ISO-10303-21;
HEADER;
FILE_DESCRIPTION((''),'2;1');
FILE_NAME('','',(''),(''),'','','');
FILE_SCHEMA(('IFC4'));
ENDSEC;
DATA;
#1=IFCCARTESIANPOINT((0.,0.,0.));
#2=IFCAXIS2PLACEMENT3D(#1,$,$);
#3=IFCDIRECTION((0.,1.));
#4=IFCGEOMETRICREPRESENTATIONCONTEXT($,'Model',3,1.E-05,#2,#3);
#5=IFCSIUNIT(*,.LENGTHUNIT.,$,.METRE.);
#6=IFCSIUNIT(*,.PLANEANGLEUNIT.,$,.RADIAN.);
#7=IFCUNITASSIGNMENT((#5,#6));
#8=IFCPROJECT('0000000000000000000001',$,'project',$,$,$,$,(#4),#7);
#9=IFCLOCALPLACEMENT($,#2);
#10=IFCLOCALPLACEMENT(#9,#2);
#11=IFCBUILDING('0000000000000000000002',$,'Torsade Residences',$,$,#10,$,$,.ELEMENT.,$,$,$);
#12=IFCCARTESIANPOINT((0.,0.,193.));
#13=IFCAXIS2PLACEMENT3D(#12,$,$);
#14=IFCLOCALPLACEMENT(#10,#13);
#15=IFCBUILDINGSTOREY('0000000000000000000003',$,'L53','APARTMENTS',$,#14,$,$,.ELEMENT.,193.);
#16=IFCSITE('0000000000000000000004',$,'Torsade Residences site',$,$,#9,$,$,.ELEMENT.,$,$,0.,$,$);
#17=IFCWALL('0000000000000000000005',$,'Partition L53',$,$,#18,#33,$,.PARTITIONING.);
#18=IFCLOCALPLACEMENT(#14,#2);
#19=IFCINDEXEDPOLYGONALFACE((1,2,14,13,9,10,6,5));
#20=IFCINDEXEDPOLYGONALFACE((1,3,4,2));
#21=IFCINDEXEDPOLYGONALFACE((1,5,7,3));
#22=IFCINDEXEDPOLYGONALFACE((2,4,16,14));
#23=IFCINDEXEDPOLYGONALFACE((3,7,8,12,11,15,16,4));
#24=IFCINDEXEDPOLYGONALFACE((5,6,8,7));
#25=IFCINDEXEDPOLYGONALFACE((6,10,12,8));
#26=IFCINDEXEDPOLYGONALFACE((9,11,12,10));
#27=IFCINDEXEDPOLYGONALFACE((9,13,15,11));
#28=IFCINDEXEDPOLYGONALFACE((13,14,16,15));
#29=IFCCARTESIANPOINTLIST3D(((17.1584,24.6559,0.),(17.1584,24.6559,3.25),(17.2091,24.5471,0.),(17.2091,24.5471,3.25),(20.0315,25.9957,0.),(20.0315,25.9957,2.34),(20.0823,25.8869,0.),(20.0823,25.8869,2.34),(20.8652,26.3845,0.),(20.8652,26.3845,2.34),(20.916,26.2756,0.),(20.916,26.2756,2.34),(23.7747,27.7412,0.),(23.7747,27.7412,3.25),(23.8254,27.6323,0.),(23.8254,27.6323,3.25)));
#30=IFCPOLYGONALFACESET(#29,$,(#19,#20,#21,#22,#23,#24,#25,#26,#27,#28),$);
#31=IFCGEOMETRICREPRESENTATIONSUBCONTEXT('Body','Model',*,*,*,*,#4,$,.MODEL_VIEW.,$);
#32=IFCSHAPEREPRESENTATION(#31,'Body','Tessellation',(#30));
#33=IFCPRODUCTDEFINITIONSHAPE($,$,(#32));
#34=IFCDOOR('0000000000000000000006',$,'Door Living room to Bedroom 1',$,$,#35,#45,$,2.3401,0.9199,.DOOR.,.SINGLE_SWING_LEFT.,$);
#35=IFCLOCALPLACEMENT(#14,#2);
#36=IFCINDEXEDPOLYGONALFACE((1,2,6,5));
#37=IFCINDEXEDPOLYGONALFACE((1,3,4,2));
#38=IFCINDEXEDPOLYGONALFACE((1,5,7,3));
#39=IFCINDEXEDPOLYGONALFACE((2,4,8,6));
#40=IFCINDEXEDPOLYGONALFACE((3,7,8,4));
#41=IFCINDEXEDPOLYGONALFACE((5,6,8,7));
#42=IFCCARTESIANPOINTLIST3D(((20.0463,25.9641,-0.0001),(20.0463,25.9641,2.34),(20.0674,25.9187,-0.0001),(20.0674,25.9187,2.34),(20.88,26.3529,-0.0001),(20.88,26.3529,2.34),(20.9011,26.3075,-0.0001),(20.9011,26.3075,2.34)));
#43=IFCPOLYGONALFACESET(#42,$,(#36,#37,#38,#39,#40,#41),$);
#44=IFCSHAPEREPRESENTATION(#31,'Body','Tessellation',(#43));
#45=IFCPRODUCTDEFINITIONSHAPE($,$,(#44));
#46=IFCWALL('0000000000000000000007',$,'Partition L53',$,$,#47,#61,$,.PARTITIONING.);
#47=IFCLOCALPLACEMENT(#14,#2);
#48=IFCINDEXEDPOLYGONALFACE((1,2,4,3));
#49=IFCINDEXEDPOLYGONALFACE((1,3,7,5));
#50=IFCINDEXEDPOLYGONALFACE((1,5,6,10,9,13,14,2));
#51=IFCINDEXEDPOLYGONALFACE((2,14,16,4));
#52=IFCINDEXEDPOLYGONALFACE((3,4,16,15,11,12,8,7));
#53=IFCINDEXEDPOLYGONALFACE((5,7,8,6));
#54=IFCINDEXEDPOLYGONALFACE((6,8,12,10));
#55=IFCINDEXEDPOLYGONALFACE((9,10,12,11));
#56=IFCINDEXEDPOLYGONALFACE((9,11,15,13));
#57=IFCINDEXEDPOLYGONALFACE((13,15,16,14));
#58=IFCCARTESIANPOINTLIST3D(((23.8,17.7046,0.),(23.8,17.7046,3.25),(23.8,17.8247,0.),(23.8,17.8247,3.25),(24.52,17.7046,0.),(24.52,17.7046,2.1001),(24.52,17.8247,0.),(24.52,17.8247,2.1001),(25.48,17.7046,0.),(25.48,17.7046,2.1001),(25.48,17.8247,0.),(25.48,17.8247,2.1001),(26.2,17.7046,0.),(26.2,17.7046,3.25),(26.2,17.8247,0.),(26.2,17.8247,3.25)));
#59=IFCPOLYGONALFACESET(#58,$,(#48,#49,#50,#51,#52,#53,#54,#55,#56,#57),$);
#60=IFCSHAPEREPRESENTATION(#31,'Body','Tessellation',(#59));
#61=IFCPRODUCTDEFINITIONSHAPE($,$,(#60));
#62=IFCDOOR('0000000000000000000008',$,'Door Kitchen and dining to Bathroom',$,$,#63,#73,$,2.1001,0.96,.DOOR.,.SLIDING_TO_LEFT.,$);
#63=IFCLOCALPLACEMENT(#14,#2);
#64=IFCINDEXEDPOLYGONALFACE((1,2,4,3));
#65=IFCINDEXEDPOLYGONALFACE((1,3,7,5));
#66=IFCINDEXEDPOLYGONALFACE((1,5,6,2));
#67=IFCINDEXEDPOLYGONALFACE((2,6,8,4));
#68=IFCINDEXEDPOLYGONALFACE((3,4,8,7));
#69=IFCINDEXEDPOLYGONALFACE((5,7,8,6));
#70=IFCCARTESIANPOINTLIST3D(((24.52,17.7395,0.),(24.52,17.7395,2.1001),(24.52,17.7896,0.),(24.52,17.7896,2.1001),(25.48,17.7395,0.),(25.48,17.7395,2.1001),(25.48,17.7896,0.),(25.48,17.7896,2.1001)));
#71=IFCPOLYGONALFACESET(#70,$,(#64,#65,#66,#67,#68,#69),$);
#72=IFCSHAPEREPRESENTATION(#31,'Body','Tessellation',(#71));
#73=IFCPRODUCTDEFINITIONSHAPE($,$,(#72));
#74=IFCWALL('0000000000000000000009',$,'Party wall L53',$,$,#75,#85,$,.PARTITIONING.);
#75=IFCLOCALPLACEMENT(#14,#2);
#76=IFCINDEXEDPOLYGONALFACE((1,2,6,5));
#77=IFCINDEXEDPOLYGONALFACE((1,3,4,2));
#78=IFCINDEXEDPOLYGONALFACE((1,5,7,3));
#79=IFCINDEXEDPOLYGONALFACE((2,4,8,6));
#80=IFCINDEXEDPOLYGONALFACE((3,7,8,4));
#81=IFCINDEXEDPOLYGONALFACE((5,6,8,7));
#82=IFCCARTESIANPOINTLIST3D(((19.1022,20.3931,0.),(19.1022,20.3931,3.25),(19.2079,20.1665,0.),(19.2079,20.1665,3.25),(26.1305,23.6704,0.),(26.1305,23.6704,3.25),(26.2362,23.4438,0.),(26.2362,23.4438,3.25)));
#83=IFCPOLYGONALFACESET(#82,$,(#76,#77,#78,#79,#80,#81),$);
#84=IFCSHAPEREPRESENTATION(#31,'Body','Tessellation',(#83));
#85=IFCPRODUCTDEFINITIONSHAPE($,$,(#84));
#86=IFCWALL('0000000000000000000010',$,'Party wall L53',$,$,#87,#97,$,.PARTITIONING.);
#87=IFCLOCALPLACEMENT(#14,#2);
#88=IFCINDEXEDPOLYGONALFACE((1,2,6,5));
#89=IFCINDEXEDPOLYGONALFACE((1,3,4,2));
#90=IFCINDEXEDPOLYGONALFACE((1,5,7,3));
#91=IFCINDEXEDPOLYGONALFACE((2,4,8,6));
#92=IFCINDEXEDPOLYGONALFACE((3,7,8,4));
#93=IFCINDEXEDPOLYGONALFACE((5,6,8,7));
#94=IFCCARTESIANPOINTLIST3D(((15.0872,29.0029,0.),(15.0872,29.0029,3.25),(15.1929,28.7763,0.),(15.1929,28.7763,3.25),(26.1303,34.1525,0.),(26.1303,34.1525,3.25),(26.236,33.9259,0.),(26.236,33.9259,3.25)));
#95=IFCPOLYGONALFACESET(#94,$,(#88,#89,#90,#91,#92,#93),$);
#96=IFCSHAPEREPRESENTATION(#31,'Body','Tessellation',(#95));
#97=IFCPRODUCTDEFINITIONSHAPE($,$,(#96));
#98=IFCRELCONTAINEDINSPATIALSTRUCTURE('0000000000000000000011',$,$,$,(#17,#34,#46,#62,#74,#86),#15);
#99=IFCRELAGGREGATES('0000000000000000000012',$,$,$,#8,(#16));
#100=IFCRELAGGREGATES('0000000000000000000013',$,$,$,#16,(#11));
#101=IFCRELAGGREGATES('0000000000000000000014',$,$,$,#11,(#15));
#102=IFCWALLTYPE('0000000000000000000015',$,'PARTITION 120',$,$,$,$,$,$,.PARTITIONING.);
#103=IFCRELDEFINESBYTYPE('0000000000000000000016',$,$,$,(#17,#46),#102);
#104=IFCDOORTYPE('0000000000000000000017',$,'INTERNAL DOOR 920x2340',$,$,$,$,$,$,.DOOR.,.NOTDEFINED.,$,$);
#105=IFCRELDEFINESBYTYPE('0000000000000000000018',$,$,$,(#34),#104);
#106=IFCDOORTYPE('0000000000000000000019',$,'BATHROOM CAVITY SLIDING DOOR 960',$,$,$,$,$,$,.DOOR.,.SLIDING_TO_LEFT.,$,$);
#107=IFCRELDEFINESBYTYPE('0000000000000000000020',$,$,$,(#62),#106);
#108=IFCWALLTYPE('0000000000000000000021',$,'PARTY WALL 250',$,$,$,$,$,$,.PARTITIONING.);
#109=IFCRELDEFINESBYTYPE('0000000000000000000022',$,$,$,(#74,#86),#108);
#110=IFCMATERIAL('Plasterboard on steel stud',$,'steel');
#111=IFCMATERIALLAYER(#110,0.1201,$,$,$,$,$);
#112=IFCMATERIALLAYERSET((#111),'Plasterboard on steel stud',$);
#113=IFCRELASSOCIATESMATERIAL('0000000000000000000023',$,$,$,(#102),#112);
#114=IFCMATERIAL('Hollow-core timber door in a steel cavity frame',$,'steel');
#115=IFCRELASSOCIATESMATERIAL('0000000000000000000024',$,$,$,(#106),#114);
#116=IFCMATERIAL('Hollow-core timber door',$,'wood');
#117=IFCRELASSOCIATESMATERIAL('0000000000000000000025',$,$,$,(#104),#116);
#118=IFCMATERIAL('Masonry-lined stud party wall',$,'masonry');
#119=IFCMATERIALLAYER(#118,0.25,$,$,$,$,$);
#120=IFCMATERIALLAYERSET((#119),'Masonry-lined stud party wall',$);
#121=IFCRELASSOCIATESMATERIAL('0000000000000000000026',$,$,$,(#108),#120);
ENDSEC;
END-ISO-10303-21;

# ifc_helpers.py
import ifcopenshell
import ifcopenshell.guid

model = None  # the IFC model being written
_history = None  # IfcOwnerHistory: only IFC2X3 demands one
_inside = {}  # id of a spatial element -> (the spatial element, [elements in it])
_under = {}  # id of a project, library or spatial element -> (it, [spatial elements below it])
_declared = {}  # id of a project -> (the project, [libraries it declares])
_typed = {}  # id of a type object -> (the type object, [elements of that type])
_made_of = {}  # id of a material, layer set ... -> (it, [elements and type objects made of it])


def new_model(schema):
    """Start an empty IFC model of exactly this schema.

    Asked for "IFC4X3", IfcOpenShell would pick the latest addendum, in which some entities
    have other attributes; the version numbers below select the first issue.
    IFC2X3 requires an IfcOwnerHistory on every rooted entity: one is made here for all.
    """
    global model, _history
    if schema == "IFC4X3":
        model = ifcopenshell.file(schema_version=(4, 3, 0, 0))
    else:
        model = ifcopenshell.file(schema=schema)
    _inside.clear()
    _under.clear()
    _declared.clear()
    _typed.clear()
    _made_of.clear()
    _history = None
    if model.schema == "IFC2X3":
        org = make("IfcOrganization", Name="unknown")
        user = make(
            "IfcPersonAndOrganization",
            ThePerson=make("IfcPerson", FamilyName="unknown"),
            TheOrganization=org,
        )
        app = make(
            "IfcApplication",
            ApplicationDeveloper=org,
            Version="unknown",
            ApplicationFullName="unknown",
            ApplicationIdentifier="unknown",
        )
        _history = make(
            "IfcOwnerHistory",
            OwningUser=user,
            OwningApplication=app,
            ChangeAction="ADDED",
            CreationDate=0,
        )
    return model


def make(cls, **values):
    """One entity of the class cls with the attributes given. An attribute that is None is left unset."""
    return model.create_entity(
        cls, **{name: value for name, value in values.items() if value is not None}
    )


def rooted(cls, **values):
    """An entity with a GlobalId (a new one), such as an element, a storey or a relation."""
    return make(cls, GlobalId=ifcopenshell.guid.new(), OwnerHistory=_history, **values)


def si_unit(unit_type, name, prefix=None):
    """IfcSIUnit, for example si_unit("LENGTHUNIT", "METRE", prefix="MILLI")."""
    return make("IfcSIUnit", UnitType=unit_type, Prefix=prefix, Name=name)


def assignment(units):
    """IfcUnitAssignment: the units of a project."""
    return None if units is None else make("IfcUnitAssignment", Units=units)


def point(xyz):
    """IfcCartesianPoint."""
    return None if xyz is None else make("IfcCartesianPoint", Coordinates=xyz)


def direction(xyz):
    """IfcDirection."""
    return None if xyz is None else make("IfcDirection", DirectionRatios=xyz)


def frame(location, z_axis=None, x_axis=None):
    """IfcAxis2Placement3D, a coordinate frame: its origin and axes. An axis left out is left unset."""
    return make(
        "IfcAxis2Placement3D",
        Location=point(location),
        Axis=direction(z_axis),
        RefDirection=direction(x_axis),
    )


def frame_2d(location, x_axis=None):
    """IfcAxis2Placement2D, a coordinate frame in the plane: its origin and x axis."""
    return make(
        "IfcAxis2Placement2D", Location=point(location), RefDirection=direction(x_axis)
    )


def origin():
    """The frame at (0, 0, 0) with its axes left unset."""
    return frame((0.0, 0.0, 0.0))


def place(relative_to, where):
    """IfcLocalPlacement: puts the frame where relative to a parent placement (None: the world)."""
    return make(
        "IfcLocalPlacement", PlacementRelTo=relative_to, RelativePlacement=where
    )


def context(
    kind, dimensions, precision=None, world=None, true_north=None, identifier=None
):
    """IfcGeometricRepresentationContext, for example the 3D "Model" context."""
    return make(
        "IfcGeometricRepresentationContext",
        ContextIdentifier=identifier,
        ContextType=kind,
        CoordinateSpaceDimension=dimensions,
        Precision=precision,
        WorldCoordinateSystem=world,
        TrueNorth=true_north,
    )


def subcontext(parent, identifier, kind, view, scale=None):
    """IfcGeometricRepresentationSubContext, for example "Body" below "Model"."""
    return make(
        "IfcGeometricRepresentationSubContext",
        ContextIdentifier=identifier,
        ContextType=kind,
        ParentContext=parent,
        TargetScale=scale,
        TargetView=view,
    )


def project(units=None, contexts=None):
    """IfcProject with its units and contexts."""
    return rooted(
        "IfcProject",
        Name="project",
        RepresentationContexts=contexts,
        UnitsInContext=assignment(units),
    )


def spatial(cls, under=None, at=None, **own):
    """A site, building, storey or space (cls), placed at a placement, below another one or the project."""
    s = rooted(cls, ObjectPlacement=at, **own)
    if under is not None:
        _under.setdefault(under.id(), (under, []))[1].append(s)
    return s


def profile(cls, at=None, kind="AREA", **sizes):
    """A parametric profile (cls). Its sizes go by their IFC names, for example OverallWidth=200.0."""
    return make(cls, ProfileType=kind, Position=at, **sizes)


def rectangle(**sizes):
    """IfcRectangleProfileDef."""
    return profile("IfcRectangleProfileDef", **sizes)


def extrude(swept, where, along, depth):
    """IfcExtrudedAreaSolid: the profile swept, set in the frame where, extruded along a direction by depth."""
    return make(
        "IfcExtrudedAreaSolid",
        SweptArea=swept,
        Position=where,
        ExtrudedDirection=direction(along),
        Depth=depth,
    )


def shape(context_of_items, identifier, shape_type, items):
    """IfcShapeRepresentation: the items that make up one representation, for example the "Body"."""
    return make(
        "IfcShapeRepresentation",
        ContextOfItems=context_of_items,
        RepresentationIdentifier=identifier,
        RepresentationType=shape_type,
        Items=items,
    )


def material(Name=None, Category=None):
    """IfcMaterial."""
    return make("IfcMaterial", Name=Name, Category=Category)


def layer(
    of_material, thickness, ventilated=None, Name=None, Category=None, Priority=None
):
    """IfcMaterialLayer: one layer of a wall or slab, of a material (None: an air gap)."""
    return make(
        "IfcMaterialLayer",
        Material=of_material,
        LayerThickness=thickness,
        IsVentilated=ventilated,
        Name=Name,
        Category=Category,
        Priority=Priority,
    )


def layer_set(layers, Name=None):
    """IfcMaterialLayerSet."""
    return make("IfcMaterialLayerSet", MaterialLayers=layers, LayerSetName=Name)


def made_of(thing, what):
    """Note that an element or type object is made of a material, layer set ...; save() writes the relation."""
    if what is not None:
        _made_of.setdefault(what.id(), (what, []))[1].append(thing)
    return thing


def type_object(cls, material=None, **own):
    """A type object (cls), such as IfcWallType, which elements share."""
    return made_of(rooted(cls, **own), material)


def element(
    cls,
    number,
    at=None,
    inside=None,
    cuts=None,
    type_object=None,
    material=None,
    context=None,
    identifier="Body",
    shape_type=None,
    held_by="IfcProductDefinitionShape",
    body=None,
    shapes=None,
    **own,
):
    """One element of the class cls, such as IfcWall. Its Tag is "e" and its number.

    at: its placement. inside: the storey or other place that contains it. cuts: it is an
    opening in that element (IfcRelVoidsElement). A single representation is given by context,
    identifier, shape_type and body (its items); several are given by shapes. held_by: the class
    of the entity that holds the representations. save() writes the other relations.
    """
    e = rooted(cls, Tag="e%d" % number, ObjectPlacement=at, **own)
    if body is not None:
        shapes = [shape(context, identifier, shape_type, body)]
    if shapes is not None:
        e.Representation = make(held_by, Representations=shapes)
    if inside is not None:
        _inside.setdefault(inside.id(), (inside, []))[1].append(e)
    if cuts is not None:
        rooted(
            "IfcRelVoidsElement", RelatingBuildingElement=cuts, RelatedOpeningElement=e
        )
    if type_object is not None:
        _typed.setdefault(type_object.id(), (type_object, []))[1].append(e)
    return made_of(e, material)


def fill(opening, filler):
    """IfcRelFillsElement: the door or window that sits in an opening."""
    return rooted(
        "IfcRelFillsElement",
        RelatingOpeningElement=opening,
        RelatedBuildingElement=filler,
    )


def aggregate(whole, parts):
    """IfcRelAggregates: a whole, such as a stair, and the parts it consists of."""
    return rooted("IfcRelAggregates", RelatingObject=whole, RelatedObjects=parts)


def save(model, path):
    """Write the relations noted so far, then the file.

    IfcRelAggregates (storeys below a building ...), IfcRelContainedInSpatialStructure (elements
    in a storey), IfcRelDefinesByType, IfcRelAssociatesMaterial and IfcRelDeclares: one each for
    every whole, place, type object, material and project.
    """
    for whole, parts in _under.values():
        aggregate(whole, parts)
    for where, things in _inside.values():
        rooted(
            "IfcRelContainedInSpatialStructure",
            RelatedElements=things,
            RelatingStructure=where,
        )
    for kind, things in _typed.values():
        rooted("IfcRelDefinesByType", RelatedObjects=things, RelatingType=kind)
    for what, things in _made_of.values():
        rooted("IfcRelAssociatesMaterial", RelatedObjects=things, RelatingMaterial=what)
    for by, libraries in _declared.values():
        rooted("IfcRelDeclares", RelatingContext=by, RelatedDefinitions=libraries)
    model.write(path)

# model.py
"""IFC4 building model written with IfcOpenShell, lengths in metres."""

from ifc_helpers import new_model, si_unit, direction, frame, frame_2d, origin, place, context, subcontext, project, spatial, rectangle, extrude, material, layer, layer_set, type_object, element, fill, save


model = new_model("IFC4")

# Units and contexts
model_context = context("Model", 3, precision=1e-05, world=origin(), true_north=direction((0.0, 1.0)))
body_context = subcontext(model_context, "Body", "Model", "MODEL_VIEW")
ifc_project = project(units=[si_unit("LENGTHUNIT", "METRE"), si_unit("PLANEANGLEUNIT", "RADIAN")], contexts=[model_context])

# Site, building, storey
site_placement = place(None, origin())
site = spatial("IfcSite", under=ifc_project, at=site_placement, Name="Torsade Residences site", CompositionType="ELEMENT", RefElevation=0.0)
building_placement = place(site_placement, origin())
building = spatial("IfcBuilding", under=site, at=building_placement, Name="Torsade Residences", CompositionType="ELEMENT")
storey_placement = place(building_placement, frame((0.0, 0.0, 193.0)))
storey = spatial("IfcBuildingStorey", under=building, at=storey_placement, Name="L53", Description="APARTMENTS", CompositionType="ELEMENT", Elevation=193.0)

# Shared definitions
ifc_material_1 = material(Name="Plasterboard on steel stud", Category="steel")
ifc_layer_1 = layer(ifc_material_1, 0.1201)
ifc_layer_set_1 = layer_set([ifc_layer_1], Name="Plasterboard on steel stud")
wall_type_1 = type_object("IfcWallType", Name="PARTITION 120", PredefinedType="PARTITIONING", material=ifc_layer_set_1)
ifc_material_2 = material(Name="Hollow-core timber door in a steel cavity frame", Category="steel")
door_type_1 = type_object("IfcDoorType", Name="BATHROOM CAVITY SLIDING DOOR 960", OperationType="SLIDING_TO_LEFT", PredefinedType="DOOR", material=ifc_material_2)
ifc_material_3 = material(Name="Hollow-core timber door", Category="wood")
door_type_2 = type_object("IfcDoorType", Name="INTERNAL DOOR 920x2340", OperationType="NOTDEFINED", PredefinedType="DOOR", material=ifc_material_3)

# Walls, openings, doors
wall_1_placement = place(storey_placement, frame((23.8, 27.6868, 0.0), z_axis=(0.0, 0.0, 1.0), x_axis=(-0.906307, -0.42262, 0.0)))
wall_1 = element("IfcWall", 1, at=wall_1_placement, inside=storey, type_object=wall_type_1, Name="Partition L53", PredefinedType="PARTITIONING", context=body_context, shape_type="SweptSolid", body=[
    extrude(rectangle(XDim=7.3003, YDim=0.1201, at=frame_2d((3.6501, 0.0))), origin(), (0.0, 0.0, 1.0), 3.25),
])
opening_1_placement = place(wall_1_placement, frame((3.2102, 0.0, 0.0)))
opening_1 = element("IfcOpeningElement", 2, at=opening_1_placement, cuts=wall_1, PredefinedType="OPENING", context=body_context, shape_type="SweptSolid", body=[
    extrude(rectangle(XDim=0.9199, YDim=2.3401, at=frame_2d((0.46, 1.1699))), frame((0.0, 0.0701, 0.0), z_axis=(0.0, -1.0, 0.0), x_axis=(1.0, 0.0, 0.0)), (0.0, 0.0, 1.0), 0.1401),
])
door_1_placement = place(opening_1_placement, origin())
door_1 = element("IfcDoor", 3, at=door_1_placement, inside=storey, type_object=door_type_2, Name="Door Living room to Bedroom 1", OperationType="SINGLE_SWING_LEFT", OverallHeight=2.3401, OverallWidth=0.9199, PredefinedType="DOOR", context=body_context, shape_type="SweptSolid", body=[
    extrude(rectangle(XDim=0.9199, YDim=2.3401, at=frame_2d((0.46, 1.1699))), frame((0.0, 0.0249, 0.0), z_axis=(0.0, -1.0, 0.0), x_axis=(1.0, 0.0, 0.0)), (0.0, 0.0, 1.0), 0.05),
])
fill(opening_1, door_1)
wall_2_placement = place(storey_placement, frame((23.8, 17.7646, 0.0), z_axis=(0.0, 0.0, 1.0), x_axis=(1.0, 0.0, 0.0)))
wall_2 = element("IfcWall", 4, at=wall_2_placement, inside=storey, type_object=wall_type_1, Name="Partition L53", PredefinedType="PARTITIONING", context=body_context, shape_type="SweptSolid", body=[
    extrude(rectangle(XDim=2.3999, YDim=0.1201, at=frame_2d((1.2, 0.0))), origin(), (0.0, 0.0, 1.0), 3.25),
])
opening_2_placement = place(wall_2_placement, frame((0.72, 0.0, 0.0)))
opening_2 = element("IfcOpeningElement", 5, at=opening_2_placement, cuts=wall_2, PredefinedType="OPENING", context=body_context, shape_type="SweptSolid", body=[
    extrude(rectangle(XDim=0.96, YDim=2.1001, at=frame_2d((0.48, 1.05))), frame((0.0, 0.0701, 0.0), z_axis=(0.0, -1.0, 0.0), x_axis=(1.0, 0.0, 0.0)), (0.0, 0.0, 1.0), 0.1401),
])
door_2_placement = place(opening_2_placement, origin())
door_2 = element("IfcDoor", 6, at=door_2_placement, inside=storey, type_object=door_type_1, Name="Door Kitchen and dining to Bathroom", OperationType="SLIDING_TO_LEFT", OverallHeight=2.1001, OverallWidth=0.96, PredefinedType="DOOR", context=body_context, shape_type="SweptSolid", body=[
    extrude(rectangle(XDim=0.96, YDim=2.1001, at=frame_2d((0.48, 1.05))), frame((0.0, 0.0249, 0.0), z_axis=(0.0, -1.0, 0.0), x_axis=(1.0, 0.0, 0.0)), (0.0, 0.0, 1.0), 0.05),
])
fill(opening_2, door_2)

# Walls
ifc_material_4 = material(Name="Masonry-lined stud party wall", Category="masonry")
ifc_layer_2 = layer(ifc_material_4, 0.25)
ifc_layer_set_2 = layer_set([ifc_layer_2], Name="Masonry-lined stud party wall")
wall_type_2 = type_object("IfcWallType", Name="PARTY WALL 250", PredefinedType="PARTITIONING", material=ifc_layer_set_2)
wall_3_placement = place(storey_placement, frame((19.155, 20.2798, 0.0), z_axis=(0.0, 0.0, 1.0), x_axis=(0.906309, 0.422617, 0.0)))
element("IfcWall", 7, at=wall_3_placement, inside=storey, type_object=wall_type_2, Name="Party wall L53", PredefinedType="PARTITIONING", context=body_context, shape_type="SweptSolid", body=[
    extrude(rectangle(XDim=7.7549, YDim=0.25, at=frame_2d((3.8774, 0.0))), origin(), (0.0, 0.0, 1.0), 3.25),
])
wall_4_placement = place(storey_placement, frame((15.1401, 28.8896, 0.0), z_axis=(0.0, 0.0, 1.0), x_axis=(0.906304, 0.422627, 0.0)))
element("IfcWall", 8, at=wall_4_placement, inside=storey, type_object=wall_type_2, Name="Party wall L53", PredefinedType="PARTITIONING", context=body_context, shape_type="SweptSolid", body=[
    extrude(rectangle(XDim=12.1848, YDim=0.25, at=frame_2d((6.0923, 0.0))), origin(), (0.0, 0.0, 1.0), 3.25),
])

save(model, "model.ifc")
